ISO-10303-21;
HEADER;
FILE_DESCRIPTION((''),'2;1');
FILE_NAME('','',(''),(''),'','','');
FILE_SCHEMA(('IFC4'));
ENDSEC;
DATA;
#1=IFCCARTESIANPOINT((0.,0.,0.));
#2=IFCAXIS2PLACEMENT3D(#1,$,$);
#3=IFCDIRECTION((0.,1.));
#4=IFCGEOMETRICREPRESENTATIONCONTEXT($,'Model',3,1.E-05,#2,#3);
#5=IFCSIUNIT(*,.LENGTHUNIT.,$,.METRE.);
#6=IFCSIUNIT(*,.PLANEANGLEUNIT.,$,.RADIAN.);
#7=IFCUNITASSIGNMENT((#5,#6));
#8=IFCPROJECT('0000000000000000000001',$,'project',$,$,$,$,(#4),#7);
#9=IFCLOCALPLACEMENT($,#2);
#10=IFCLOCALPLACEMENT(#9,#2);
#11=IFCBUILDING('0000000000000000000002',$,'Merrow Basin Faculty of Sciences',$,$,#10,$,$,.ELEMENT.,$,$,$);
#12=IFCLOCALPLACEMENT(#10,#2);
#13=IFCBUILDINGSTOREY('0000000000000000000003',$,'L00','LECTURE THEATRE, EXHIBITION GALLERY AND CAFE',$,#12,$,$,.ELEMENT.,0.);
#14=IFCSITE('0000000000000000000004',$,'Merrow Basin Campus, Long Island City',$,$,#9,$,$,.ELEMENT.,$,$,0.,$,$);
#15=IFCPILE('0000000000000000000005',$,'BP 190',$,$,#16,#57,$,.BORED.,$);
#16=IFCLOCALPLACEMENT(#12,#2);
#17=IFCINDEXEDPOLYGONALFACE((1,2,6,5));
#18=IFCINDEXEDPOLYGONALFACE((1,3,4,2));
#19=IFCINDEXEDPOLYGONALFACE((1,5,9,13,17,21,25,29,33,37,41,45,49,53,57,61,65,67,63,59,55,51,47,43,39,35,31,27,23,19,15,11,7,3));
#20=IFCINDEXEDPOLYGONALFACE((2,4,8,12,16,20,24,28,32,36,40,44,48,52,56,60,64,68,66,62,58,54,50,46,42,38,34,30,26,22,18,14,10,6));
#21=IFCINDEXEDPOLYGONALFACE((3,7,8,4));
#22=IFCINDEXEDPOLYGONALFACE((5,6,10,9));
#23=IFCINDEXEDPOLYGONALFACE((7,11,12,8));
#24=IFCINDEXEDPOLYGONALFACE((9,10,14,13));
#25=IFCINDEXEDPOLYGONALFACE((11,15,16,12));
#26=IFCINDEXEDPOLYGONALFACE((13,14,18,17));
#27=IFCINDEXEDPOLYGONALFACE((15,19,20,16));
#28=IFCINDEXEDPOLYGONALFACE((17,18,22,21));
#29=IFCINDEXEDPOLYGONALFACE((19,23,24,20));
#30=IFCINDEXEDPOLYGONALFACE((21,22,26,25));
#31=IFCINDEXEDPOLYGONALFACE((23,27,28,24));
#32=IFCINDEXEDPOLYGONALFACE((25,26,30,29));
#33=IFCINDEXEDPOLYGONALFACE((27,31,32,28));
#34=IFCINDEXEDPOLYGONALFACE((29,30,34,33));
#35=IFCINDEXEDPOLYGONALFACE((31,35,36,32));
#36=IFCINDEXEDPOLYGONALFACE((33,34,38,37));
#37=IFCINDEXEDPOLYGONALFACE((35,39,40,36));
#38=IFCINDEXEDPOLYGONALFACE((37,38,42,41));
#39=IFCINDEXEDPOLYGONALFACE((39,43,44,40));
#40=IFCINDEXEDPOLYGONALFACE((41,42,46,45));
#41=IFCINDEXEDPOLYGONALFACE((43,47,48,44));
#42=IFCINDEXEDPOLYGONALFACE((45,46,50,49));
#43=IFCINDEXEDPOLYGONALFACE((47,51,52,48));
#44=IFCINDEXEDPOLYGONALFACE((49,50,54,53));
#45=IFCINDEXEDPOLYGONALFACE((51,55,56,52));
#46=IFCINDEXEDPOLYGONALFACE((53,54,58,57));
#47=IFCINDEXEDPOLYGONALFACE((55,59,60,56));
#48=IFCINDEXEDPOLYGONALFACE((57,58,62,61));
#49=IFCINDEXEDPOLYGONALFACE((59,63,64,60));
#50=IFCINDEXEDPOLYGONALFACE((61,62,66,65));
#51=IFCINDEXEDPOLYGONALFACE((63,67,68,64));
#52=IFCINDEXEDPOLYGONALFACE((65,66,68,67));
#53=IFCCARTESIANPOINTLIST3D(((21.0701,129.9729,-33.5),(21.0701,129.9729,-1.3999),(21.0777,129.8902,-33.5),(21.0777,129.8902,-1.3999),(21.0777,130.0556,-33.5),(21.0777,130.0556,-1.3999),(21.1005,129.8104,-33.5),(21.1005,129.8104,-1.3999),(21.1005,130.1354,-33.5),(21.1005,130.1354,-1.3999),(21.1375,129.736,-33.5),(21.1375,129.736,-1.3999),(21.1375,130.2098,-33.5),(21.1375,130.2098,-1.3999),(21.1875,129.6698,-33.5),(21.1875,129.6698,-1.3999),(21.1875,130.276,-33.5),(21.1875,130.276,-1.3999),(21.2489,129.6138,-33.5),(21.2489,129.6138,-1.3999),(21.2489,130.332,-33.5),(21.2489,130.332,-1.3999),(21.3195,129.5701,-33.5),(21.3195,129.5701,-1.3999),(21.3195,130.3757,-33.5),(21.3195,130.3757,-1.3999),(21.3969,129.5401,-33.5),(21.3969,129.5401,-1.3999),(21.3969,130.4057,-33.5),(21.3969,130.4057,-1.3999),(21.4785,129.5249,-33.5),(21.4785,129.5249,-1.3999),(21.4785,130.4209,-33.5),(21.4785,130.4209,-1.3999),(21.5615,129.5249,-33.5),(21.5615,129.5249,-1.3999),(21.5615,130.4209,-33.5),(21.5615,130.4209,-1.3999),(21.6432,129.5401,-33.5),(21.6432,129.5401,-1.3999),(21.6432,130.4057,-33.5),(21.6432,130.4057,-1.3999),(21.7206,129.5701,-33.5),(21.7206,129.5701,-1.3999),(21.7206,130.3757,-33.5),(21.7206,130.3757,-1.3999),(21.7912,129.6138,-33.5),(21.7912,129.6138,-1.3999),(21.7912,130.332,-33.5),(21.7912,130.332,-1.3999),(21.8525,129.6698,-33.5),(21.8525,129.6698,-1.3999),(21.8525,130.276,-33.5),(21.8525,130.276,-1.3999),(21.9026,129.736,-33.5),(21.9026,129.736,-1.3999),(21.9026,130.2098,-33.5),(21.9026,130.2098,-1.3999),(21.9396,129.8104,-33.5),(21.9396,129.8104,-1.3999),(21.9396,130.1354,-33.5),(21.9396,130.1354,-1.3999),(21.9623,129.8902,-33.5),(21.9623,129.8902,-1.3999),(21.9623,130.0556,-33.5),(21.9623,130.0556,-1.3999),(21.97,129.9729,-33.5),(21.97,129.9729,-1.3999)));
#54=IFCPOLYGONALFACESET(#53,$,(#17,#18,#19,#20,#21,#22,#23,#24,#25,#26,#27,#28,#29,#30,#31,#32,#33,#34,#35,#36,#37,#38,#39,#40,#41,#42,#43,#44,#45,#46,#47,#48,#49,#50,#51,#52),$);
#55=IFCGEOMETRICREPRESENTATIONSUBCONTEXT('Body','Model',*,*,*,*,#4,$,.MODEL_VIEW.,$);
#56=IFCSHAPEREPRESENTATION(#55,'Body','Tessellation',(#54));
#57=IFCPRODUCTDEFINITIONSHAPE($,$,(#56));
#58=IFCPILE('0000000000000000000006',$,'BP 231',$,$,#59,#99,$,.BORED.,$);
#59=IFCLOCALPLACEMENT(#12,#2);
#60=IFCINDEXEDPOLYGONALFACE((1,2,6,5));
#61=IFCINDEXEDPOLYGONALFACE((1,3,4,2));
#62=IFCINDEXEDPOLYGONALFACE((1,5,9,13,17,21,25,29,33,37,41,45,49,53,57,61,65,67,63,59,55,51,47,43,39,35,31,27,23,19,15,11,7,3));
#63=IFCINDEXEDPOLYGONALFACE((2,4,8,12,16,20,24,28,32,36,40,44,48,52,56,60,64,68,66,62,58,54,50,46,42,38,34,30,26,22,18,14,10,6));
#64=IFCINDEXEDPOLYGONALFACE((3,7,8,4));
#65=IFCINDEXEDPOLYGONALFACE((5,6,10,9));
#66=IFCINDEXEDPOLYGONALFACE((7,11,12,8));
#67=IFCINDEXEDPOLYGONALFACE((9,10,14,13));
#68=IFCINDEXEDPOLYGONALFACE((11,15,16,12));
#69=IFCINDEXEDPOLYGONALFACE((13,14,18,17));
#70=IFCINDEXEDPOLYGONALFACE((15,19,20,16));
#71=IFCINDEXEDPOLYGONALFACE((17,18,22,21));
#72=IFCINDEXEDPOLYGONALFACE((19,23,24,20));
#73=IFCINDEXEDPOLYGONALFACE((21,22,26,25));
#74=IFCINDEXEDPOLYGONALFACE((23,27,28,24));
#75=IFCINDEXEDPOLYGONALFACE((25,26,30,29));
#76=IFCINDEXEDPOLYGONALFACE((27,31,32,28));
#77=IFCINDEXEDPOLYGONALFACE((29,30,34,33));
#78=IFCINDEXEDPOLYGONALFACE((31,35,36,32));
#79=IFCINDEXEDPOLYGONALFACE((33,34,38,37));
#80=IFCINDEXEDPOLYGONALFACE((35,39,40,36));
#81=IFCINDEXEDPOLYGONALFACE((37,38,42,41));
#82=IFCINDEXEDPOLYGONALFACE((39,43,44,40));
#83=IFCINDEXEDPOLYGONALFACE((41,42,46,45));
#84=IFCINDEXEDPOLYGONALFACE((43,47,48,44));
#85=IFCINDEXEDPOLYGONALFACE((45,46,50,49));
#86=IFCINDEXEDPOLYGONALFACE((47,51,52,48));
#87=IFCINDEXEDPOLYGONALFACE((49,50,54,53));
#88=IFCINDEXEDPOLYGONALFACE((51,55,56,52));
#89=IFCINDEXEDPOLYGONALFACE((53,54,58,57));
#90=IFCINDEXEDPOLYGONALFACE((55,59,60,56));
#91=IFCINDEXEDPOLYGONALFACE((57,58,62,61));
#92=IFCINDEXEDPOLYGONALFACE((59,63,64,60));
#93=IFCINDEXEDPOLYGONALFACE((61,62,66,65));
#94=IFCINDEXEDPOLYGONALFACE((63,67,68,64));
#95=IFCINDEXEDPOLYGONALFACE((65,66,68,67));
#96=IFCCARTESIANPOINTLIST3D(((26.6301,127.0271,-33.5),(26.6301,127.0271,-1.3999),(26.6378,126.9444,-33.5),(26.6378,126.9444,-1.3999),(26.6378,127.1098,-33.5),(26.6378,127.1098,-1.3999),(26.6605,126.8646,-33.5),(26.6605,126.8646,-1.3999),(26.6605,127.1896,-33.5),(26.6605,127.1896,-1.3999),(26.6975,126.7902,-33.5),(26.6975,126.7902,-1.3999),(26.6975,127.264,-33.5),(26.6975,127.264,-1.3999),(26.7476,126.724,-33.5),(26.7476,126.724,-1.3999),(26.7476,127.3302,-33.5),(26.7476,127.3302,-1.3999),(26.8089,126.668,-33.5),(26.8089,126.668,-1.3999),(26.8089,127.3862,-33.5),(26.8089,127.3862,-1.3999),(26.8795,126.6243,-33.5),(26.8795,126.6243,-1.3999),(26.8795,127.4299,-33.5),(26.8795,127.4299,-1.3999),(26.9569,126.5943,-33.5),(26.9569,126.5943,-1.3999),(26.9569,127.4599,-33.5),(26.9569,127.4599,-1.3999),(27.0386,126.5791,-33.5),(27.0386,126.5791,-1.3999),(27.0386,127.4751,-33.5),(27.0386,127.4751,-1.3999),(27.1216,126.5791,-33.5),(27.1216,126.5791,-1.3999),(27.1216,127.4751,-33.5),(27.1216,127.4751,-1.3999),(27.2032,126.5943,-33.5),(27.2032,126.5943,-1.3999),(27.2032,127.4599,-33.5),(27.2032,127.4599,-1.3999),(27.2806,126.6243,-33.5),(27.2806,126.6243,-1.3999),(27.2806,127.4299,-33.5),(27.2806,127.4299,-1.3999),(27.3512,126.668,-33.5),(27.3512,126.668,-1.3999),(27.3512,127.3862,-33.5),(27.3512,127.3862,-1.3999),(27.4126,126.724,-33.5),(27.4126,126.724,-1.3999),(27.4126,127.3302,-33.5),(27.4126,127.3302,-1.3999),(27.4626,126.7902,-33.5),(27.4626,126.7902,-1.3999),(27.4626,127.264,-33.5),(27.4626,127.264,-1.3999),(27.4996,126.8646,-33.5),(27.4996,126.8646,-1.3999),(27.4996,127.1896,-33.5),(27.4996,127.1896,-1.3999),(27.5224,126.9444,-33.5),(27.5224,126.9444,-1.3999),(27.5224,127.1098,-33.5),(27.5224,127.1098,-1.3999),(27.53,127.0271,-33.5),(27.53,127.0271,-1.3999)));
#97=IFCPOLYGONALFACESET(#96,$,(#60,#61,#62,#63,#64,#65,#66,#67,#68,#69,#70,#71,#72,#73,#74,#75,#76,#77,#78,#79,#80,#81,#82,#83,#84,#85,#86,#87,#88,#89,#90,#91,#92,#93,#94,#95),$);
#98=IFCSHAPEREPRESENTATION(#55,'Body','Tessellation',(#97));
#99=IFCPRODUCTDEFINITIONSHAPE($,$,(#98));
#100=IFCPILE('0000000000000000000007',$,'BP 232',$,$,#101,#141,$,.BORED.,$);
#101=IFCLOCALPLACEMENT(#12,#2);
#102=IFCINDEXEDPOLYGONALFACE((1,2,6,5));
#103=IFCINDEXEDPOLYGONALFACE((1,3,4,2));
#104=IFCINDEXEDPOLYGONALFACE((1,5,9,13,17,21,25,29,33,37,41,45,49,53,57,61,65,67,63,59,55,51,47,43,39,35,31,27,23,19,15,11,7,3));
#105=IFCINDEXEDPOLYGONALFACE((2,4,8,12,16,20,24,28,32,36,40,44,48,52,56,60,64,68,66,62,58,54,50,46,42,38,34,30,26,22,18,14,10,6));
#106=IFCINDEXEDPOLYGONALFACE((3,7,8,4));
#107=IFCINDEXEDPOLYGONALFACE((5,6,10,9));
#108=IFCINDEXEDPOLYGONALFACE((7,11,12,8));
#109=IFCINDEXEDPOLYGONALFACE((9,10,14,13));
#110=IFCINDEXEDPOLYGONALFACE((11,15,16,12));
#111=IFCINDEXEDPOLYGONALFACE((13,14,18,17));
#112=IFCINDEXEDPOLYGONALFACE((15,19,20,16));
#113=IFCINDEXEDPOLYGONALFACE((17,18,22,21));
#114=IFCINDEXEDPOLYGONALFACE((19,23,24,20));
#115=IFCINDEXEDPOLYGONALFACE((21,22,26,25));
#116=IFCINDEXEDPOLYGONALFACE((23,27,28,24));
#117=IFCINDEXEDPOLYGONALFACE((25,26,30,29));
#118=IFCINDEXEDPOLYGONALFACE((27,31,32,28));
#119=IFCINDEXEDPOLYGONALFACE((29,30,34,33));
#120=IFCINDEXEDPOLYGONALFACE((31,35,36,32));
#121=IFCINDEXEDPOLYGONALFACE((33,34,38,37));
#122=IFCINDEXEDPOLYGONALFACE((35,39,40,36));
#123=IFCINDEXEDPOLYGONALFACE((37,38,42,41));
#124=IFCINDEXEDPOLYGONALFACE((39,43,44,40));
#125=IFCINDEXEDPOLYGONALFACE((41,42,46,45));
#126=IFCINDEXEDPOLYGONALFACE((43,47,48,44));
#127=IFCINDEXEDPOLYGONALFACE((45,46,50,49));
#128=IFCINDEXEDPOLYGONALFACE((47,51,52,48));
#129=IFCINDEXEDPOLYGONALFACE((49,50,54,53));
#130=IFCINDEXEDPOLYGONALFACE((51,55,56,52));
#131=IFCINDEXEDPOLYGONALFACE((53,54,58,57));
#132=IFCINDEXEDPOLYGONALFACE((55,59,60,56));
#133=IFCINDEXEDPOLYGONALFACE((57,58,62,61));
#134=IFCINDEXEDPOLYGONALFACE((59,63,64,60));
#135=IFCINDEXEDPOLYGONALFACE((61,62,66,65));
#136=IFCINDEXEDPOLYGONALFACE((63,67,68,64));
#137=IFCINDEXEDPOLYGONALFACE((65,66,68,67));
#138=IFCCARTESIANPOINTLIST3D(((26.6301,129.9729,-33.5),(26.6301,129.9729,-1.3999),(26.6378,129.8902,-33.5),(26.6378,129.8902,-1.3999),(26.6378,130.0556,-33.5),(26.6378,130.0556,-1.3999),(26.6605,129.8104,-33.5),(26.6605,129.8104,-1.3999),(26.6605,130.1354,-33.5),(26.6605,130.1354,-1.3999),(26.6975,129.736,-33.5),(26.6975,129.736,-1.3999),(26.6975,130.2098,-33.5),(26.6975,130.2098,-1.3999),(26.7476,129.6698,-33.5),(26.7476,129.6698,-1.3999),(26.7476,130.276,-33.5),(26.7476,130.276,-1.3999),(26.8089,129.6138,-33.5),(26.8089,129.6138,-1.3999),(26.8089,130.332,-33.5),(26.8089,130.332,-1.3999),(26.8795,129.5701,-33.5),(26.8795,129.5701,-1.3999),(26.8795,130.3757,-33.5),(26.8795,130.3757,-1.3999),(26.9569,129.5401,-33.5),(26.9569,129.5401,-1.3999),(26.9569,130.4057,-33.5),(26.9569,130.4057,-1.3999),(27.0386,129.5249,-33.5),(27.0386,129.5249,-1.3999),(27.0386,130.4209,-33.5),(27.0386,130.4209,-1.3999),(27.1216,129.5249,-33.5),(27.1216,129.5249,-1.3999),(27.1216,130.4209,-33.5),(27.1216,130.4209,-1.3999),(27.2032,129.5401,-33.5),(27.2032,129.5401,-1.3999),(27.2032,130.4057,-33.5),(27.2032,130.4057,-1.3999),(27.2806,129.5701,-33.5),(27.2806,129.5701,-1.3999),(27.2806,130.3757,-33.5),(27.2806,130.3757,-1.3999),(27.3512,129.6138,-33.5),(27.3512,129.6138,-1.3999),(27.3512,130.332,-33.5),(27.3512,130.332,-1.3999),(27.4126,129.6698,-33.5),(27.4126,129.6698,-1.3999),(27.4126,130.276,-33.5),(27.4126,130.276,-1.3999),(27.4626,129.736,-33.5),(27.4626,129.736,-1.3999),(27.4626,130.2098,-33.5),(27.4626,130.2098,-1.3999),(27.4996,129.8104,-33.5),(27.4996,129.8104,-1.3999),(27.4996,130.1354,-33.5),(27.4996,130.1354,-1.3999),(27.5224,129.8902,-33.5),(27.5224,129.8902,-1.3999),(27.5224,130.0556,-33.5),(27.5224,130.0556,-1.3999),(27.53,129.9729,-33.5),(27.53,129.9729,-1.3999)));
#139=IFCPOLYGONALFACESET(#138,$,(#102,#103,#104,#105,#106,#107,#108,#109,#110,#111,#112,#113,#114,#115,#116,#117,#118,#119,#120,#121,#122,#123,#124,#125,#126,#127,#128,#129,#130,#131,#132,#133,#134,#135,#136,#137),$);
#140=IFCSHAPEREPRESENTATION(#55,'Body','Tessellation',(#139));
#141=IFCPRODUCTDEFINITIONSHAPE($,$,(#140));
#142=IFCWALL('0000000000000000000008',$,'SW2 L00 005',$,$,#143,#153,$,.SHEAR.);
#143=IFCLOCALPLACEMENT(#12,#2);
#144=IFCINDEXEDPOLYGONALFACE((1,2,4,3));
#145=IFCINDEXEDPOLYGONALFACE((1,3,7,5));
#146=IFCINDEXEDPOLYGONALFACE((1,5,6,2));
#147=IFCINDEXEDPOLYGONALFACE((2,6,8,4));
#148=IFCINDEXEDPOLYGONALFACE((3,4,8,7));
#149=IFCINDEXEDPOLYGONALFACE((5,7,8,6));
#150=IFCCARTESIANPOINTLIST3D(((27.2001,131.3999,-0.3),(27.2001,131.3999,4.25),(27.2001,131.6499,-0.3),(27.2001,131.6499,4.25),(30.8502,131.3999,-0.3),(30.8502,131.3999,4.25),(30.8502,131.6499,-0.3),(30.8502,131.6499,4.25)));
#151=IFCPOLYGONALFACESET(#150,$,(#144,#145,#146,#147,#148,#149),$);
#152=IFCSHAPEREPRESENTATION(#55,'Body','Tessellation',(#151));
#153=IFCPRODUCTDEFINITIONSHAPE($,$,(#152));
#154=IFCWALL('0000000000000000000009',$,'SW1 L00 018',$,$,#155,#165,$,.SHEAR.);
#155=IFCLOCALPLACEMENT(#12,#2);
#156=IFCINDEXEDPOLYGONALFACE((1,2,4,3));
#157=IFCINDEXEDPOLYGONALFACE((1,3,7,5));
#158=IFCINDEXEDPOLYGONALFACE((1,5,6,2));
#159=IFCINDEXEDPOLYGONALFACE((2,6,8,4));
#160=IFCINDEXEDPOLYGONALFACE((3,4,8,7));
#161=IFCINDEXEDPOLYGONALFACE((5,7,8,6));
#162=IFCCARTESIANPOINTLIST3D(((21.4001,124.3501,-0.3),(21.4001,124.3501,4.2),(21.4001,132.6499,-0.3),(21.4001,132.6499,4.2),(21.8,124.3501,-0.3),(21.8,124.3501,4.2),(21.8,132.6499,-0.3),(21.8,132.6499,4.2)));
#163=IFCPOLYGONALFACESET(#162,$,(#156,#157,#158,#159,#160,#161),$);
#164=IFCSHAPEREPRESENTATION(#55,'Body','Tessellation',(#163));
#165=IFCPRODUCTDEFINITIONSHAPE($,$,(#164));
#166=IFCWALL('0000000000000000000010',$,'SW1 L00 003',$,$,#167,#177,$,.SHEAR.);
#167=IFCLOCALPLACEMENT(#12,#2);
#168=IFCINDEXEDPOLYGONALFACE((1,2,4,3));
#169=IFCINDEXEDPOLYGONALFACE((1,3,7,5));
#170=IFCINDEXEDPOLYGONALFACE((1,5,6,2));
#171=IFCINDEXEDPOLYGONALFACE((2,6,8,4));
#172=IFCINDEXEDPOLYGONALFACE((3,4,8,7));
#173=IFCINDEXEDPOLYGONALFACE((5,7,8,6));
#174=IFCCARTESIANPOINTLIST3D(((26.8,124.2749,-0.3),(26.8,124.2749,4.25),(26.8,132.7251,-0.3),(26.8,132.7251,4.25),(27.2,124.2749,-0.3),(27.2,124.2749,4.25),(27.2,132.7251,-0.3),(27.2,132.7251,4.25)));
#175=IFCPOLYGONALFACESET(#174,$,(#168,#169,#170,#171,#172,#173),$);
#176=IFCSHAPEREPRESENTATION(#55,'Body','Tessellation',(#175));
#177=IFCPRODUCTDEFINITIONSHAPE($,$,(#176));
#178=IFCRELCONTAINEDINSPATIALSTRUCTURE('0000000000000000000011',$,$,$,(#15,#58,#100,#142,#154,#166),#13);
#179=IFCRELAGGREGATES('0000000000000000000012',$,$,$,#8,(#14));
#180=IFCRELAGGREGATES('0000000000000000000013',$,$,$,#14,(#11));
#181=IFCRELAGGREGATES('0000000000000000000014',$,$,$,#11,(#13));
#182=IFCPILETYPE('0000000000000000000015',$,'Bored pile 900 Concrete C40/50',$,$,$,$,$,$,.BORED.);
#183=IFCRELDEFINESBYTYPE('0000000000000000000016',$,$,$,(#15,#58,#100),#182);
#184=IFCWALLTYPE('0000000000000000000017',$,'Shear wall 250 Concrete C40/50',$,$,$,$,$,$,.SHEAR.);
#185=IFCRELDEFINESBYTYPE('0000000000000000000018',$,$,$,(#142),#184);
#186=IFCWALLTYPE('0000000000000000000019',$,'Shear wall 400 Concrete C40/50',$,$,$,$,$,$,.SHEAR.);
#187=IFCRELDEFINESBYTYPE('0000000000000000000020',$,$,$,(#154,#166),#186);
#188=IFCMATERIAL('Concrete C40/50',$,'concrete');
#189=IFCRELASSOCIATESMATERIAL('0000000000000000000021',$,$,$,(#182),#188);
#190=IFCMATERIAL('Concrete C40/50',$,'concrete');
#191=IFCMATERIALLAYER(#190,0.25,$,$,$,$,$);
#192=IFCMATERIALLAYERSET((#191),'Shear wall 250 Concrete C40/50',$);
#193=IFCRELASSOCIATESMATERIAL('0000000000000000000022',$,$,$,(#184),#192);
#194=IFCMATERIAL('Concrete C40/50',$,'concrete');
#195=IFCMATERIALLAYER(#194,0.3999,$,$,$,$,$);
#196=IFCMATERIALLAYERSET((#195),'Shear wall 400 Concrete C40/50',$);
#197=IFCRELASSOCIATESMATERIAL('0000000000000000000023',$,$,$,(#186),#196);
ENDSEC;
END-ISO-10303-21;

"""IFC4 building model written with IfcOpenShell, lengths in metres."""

from ifc_helpers import new_model, si_unit, direction, frame, frame_2d, origin, origin_2d, place, context, subcontext, project, spatial, rectangle, circle, extrude, material, layer, layer_set, material_profile, profile_set, type_object, element, save


model = new_model("IFC4")

# Units and contexts
model_context = context("Model", 3, precision=1e-05, world=origin(), true_north=direction((0.0, 1.0)))
body_context = subcontext(model_context, "Body", "Model", "MODEL_VIEW")
ifc_project = project(units=[si_unit("LENGTHUNIT", "METRE"), si_unit("PLANEANGLEUNIT", "RADIAN")], contexts=[model_context])

# Site, building, storey
site_placement = place(None, origin())
site = spatial("IfcSite", under=ifc_project, at=site_placement, Name="Merrow Basin Campus, Long Island City", CompositionType="ELEMENT", RefElevation=0.0)
building_placement = place(site_placement, origin())
building = spatial("IfcBuilding", under=site, at=building_placement, Name="Merrow Basin Faculty of Sciences", CompositionType="ELEMENT")
storey_placement = place(building_placement, origin())
storey = spatial("IfcBuildingStorey", under=building, at=storey_placement, Name="L00", Description="LECTURE THEATRE, EXHIBITION GALLERY AND CAFE", CompositionType="ELEMENT", Elevation=0.0)

# Piles
ifc_material_1 = material(Name="Concrete C40/50", Category="concrete")
ifc_material_profile = material_profile(ifc_material_1, circle(Radius=0.45, at=origin_2d()))
ifc_profile_set = profile_set([ifc_material_profile], Name="Concrete C40/50")
pile_type = type_object("IfcPileType", Name="Bored pile 900 Concrete C40/50", PredefinedType="BORED", material=ifc_profile_set)
for number, where, z_axis, x_axis, name in (
    (1, (21.52, 129.9729, -1.3999), (0.0, 0.0, -1.0), (1.0, 0.0, 0.0), "BP 190"),
    (2, (27.0801, 127.0271, -1.3999), (0.0, 0.0, -1.0), (1.0, 0.0, 0.0), "BP 231"),
    (3, (27.0801, 129.9729, -1.3999), (0.0, 0.0, -1.0), (1.0, 0.0, 0.0), "BP 232"),
):
    element("IfcPile", number, at=place(storey_placement, frame(where, z_axis=z_axis, x_axis=x_axis)), inside=storey, type_object=pile_type, Name=name, PredefinedType="BORED", context=body_context, shape_type="SweptSolid", body=[
        extrude(circle(Radius=0.45, at=origin_2d()), origin(), (0.0, 0.0, 1.0), 32.1001),
    ])

# Walls
ifc_material_2 = material(Name="Concrete C40/50", Category="concrete")
ifc_layer_1 = layer(ifc_material_2, 0.25)
ifc_layer_set_1 = layer_set([ifc_layer_1], Name="Shear wall 250 Concrete C40/50")
wall_type_1 = type_object("IfcWallType", Name="Shear wall 250 Concrete C40/50", PredefinedType="SHEAR", material=ifc_layer_set_1)
wall_1_placement = place(storey_placement, frame((27.2, 131.5249, -0.3), z_axis=(0.0, 0.0, 1.0), x_axis=(1.0, 0.0, 0.0)))
element("IfcWall", 4, at=wall_1_placement, inside=storey, type_object=wall_type_1, Name="SW2 L00 005", PredefinedType="SHEAR", context=body_context, shape_type="SweptSolid", body=[
    extrude(rectangle(XDim=3.6501, YDim=0.25, at=frame_2d((1.8252, 0.0))), origin(), (0.0, 0.0, 1.0), 4.55),
])
ifc_material_3 = material(Name="Concrete C40/50", Category="concrete")
ifc_layer_2 = layer(ifc_material_3, 0.3999)
ifc_layer_set_2 = layer_set([ifc_layer_2], Name="Shear wall 400 Concrete C40/50")
wall_type_2 = type_object("IfcWallType", Name="Shear wall 400 Concrete C40/50", PredefinedType="SHEAR", material=ifc_layer_set_2)
wall_2_placement = place(storey_placement, frame((21.6001, 124.3501, -0.3), z_axis=(0.0, 0.0, 1.0), x_axis=(0.0, 1.0, 0.0)))
element("IfcWall", 5, at=wall_2_placement, inside=storey, type_object=wall_type_2, Name="SW1 L00 018", PredefinedType="SHEAR", context=body_context, shape_type="SweptSolid", body=[
    extrude(rectangle(XDim=8.2998, YDim=0.3999, at=frame_2d((4.1499, 0.0))), origin(), (0.0, 0.0, 1.0), 4.5),
])
wall_3_placement = place(storey_placement, frame((27.0, 124.2749, -0.3), z_axis=(0.0, 0.0, 1.0), x_axis=(0.0, 1.0, 0.0)))
element("IfcWall", 6, at=wall_3_placement, inside=storey, type_object=wall_type_2, Name="SW1 L00 003", PredefinedType="SHEAR", context=body_context, shape_type="SweptSolid", body=[
    extrude(rectangle(XDim=8.4502, YDim=0.3999, at=frame_2d((4.2251, 0.0))), origin(), (0.0, 0.0, 1.0), 4.55),
])

save(model, "model.ifc")
